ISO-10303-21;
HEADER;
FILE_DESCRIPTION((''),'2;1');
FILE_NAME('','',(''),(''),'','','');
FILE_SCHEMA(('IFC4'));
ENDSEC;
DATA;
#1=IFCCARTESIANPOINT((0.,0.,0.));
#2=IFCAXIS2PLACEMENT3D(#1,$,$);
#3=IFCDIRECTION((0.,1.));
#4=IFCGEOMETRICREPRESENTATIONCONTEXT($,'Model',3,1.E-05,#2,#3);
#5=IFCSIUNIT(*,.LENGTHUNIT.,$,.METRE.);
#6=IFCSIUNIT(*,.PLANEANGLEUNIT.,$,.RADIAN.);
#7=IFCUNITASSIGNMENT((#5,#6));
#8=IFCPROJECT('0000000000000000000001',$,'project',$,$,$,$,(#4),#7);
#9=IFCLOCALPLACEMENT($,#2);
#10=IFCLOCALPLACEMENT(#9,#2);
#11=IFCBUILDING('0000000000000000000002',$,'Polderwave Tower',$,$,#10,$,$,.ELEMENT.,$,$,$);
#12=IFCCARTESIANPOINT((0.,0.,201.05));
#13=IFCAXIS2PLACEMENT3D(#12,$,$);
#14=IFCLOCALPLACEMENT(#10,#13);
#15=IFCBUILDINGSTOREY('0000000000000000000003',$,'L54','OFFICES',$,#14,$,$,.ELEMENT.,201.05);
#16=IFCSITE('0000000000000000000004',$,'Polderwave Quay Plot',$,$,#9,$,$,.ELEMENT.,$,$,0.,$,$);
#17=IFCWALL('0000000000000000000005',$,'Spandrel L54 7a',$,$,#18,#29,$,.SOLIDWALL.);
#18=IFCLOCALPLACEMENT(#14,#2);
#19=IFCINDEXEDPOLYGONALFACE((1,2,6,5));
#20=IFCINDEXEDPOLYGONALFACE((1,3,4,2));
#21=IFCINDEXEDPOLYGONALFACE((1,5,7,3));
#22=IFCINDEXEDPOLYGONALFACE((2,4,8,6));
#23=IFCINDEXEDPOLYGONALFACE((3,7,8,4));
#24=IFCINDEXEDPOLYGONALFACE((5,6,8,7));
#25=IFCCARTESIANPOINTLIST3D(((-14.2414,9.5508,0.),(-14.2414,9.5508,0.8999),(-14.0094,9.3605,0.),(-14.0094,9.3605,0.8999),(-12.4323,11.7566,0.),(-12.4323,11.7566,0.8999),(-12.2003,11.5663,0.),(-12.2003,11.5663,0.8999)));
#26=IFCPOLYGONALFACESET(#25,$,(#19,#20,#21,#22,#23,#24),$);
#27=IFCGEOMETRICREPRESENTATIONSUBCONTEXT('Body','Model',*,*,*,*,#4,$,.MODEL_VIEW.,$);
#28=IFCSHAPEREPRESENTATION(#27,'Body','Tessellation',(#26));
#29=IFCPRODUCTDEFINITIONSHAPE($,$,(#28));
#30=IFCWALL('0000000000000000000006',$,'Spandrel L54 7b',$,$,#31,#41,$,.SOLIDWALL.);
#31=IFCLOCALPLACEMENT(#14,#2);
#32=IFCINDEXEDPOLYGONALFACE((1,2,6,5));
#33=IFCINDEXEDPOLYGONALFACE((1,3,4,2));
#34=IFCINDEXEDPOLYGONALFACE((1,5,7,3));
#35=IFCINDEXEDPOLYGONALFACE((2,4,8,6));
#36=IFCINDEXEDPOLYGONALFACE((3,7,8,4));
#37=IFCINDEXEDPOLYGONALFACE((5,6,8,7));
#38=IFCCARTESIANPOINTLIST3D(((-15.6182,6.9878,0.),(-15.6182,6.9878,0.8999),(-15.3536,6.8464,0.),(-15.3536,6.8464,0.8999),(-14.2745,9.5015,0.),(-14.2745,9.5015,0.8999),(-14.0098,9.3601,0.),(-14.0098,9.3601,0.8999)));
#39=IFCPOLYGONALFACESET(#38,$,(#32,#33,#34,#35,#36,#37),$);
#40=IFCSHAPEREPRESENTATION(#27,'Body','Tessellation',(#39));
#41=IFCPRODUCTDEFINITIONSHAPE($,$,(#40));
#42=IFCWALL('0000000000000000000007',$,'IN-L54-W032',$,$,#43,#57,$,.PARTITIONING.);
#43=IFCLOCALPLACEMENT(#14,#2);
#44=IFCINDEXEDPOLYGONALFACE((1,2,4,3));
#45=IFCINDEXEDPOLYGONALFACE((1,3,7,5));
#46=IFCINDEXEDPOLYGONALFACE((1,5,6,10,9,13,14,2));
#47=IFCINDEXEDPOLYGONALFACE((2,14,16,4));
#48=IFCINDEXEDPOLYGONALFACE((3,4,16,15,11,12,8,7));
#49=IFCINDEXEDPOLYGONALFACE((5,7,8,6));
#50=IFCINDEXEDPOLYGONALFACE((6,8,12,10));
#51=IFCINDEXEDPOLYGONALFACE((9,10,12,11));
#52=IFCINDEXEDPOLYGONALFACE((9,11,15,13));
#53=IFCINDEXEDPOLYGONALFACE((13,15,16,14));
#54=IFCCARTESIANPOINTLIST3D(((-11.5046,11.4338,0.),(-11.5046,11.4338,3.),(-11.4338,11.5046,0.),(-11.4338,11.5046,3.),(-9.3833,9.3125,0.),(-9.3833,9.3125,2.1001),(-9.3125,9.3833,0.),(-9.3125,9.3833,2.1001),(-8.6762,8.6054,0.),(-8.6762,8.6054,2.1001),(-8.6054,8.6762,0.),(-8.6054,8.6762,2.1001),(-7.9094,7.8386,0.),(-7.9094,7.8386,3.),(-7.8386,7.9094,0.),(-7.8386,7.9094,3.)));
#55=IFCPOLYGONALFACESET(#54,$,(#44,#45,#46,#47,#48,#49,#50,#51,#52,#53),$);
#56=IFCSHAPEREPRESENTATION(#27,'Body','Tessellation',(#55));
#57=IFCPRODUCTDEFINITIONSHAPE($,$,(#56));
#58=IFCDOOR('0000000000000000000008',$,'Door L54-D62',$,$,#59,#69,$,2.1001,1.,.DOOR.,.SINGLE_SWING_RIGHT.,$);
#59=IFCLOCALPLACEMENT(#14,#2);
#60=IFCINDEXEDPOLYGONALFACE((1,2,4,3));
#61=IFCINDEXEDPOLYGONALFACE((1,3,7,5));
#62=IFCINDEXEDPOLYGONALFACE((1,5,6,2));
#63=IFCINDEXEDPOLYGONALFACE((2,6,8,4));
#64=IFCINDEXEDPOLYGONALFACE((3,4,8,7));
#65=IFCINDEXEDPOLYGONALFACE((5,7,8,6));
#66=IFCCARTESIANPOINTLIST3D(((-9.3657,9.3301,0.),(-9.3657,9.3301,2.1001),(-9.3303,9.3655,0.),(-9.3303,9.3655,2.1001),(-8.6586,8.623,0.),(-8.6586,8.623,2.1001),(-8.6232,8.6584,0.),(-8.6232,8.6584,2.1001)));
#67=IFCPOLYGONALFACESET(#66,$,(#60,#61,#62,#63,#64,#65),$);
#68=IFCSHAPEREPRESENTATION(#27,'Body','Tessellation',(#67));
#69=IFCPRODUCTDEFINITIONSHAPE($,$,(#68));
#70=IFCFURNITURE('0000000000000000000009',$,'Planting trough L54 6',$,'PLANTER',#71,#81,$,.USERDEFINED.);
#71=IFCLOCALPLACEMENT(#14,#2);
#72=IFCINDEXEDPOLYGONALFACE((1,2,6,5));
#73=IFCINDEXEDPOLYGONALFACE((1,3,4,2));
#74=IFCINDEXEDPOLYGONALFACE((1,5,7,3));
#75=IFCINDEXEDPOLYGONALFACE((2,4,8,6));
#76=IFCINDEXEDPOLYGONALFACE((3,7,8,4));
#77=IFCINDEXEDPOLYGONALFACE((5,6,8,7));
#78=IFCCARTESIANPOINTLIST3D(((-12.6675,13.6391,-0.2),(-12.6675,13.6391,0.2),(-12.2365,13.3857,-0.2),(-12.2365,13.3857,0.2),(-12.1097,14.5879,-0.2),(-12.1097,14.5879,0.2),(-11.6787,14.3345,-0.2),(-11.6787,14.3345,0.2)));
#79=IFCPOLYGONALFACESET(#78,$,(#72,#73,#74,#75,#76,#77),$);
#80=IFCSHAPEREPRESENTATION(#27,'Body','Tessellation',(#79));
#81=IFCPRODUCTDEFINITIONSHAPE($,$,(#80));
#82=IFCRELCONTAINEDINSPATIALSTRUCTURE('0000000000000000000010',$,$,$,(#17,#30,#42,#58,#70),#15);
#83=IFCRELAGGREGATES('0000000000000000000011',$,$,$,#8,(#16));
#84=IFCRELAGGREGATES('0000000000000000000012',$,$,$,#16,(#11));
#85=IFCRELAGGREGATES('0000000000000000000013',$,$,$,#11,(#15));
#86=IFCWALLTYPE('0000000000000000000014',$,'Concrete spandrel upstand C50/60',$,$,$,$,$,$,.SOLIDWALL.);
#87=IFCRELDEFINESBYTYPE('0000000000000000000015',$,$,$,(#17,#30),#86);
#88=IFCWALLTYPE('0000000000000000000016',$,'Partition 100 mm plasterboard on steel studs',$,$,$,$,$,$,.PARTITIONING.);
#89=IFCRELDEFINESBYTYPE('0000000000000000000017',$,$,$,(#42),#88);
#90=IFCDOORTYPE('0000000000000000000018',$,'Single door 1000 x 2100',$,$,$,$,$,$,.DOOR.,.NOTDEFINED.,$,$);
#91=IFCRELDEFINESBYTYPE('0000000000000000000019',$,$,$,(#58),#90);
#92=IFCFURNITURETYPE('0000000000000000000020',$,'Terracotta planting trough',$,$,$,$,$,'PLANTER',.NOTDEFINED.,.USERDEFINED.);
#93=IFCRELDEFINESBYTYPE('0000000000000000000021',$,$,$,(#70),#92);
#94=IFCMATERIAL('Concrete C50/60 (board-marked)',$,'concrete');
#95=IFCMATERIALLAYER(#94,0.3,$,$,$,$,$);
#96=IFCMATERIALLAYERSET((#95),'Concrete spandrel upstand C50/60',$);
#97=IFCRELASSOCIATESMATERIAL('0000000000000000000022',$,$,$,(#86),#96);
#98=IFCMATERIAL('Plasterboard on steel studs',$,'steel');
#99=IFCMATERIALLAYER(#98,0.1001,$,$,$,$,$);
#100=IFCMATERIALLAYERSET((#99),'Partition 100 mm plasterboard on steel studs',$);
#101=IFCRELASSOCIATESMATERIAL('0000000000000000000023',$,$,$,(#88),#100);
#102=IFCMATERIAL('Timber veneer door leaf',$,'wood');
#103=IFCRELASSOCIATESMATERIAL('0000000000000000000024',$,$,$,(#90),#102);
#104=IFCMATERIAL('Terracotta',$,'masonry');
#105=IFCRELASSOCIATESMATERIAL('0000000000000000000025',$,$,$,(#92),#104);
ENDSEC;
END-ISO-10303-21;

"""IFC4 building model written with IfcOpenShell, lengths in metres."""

from ifc_helpers import new_model, si_unit, direction, frame, frame_2d, origin, origin_2d, place, context, subcontext, project, spatial, rectangle, extrude, material, layer, layer_set, type_object, element, fill, save


model = new_model("IFC4")

# Units and contexts
model_context = context("Model", 3, precision=1e-05, world=origin(), true_north=direction((0.0, 1.0)))
body_context = subcontext(model_context, "Body", "Model", "MODEL_VIEW")
ifc_project = project(units=[si_unit("LENGTHUNIT", "METRE"), si_unit("PLANEANGLEUNIT", "RADIAN")], contexts=[model_context])

# Site, building, storey
site_placement = place(None, origin())
site = spatial("IfcSite", under=ifc_project, at=site_placement, Name="Polderwave Quay Plot", CompositionType="ELEMENT", RefElevation=0.0)
building_placement = place(site_placement, origin())
building = spatial("IfcBuilding", under=site, at=building_placement, Name="Polderwave Tower", CompositionType="ELEMENT")
storey_placement = place(building_placement, frame((0.0, 0.0, 201.05)))
storey = spatial("IfcBuildingStorey", under=building, at=storey_placement, Name="L54", Description="OFFICES", CompositionType="ELEMENT", Elevation=201.05)

# Walls
ifc_material_1 = material(Name="Concrete C50/60 (board-marked)", Category="concrete")
ifc_layer_1 = layer(ifc_material_1, 0.3)
ifc_layer_set_1 = layer_set([ifc_layer_1], Name="Concrete spandrel upstand C50/60")
wall_type_1 = type_object("IfcWallType", Name="Concrete spandrel upstand C50/60", PredefinedType="SOLIDWALL", material=ifc_layer_set_1)
for number, where, z_axis, x_axis, name in (
    (1, (-12.3164, 11.6614, 0.0), (0.0, 0.0, 1.0), (-0.634146, -0.773213, 0.0), "Spandrel L54 7a"),
):
    element("IfcWall", number, at=place(storey_placement, frame(where, z_axis=z_axis, x_axis=x_axis)), inside=storey, type_object=wall_type_1, Name=name, PredefinedType="SOLIDWALL", context=body_context, shape_type="SweptSolid", body=[
        extrude(rectangle(XDim=2.8528, YDim=0.3, at=frame_2d((1.4263, 0.0))), origin(), (0.0, 0.0, 1.0), 0.8999),
    ])
wall_1_placement = place(storey_placement, frame((-14.1421, 9.4309, 0.0), z_axis=(0.0, 0.0, 1.0), x_axis=(-0.471442, -0.881897, 0.0)))
element("IfcWall", 2, at=wall_1_placement, inside=storey, type_object=wall_type_1, Name="Spandrel L54 7b", PredefinedType="SOLIDWALL", context=body_context, shape_type="SweptSolid", body=[
    extrude(rectangle(XDim=2.8503, YDim=0.3, at=frame_2d((1.4253, 0.0))), origin(), (0.0, 0.0, 1.0), 0.8999),
])

# Wall, opening, door
ifc_material_2 = material(Name="Plasterboard on steel studs", Category="steel")
ifc_layer_2 = layer(ifc_material_2, 0.1001)
ifc_layer_set_2 = layer_set([ifc_layer_2], Name="Partition 100 mm plasterboard on steel studs")
wall_type_2 = type_object("IfcWallType", Name="Partition 100 mm plasterboard on steel studs", PredefinedType="PARTITIONING", material=ifc_layer_set_2)
wall_2_placement = place(storey_placement, frame((-11.4692, 11.4692, 0.0), z_axis=(0.0, 0.0, 1.0), x_axis=(0.707107, -0.707107, 0.0)))
wall_2 = element("IfcWall", 3, at=wall_2_placement, inside=storey, type_object=wall_type_2, Name="IN-L54-W032", PredefinedType="PARTITIONING", context=body_context, shape_type="SweptSolid", body=[
    extrude(rectangle(XDim=5.0845, YDim=0.1001, at=frame_2d((2.5422, 0.0))), origin(), (0.0, 0.0, 1.0), 3.0),
])
opening_placement = place(wall_2_placement, frame((3.0, 0.0, 0.0)))
opening = element("IfcOpeningElement", 4, at=opening_placement, cuts=wall_2, PredefinedType="OPENING", context=body_context, shape_type="SweptSolid", body=[
    extrude(rectangle(XDim=1.0, YDim=2.1001, at=frame_2d((0.5, 1.05))), frame((0.0, 0.0601, 0.0), z_axis=(0.0, -1.0, 0.0), x_axis=(1.0, 0.0, 0.0)), (0.0, 0.0, 1.0), 0.1201),
])
ifc_material_3 = material(Name="Timber veneer door leaf", Category="wood")
door_type = type_object("IfcDoorType", Name="Single door 1000 x 2100", OperationType="NOTDEFINED", PredefinedType="DOOR", material=ifc_material_3)
door_placement = place(opening_placement, origin())
door = element("IfcDoor", 5, at=door_placement, inside=storey, type_object=door_type, Name="Door L54-D62", OperationType="SINGLE_SWING_RIGHT", OverallHeight=2.1001, OverallWidth=1.0, PredefinedType="DOOR", context=body_context, shape_type="SweptSolid", body=[
    extrude(rectangle(XDim=1.0, YDim=2.1001, at=frame_2d((0.5, 1.05))), frame((0.0, 0.0249, 0.0), z_axis=(0.0, -1.0, 0.0), x_axis=(1.0, 0.0, 0.0)), (0.0, 0.0, 1.0), 0.05),
])
fill(opening, door)

# Furniture
ifc_material_4 = material(Name="Terracotta", Category="masonry")
furniture_type = type_object("IfcFurnitureType", Name="Terracotta planting trough", ElementType="PLANTER", AssemblyPlace="NOTDEFINED", PredefinedType="USERDEFINED", material=ifc_material_4)
furniture_placement = place(storey_placement, frame((-12.1731, 13.9868, -0.2), z_axis=(0.0, 0.0, 1.0), x_axis=(-0.50683, -0.862046, 0.0)))
element("IfcFurniture", 6, at=furniture_placement, inside=storey, type_object=furniture_type, Name="Planting trough L54 6", ObjectType="PLANTER", PredefinedType="USERDEFINED", context=body_context, shape_type="SweptSolid", body=[
    extrude(rectangle(XDim=1.1006, YDim=0.5, at=origin_2d()), origin(), (0.0, 0.0, 1.0), 0.3999),
])

save(model, "model.ifc")
